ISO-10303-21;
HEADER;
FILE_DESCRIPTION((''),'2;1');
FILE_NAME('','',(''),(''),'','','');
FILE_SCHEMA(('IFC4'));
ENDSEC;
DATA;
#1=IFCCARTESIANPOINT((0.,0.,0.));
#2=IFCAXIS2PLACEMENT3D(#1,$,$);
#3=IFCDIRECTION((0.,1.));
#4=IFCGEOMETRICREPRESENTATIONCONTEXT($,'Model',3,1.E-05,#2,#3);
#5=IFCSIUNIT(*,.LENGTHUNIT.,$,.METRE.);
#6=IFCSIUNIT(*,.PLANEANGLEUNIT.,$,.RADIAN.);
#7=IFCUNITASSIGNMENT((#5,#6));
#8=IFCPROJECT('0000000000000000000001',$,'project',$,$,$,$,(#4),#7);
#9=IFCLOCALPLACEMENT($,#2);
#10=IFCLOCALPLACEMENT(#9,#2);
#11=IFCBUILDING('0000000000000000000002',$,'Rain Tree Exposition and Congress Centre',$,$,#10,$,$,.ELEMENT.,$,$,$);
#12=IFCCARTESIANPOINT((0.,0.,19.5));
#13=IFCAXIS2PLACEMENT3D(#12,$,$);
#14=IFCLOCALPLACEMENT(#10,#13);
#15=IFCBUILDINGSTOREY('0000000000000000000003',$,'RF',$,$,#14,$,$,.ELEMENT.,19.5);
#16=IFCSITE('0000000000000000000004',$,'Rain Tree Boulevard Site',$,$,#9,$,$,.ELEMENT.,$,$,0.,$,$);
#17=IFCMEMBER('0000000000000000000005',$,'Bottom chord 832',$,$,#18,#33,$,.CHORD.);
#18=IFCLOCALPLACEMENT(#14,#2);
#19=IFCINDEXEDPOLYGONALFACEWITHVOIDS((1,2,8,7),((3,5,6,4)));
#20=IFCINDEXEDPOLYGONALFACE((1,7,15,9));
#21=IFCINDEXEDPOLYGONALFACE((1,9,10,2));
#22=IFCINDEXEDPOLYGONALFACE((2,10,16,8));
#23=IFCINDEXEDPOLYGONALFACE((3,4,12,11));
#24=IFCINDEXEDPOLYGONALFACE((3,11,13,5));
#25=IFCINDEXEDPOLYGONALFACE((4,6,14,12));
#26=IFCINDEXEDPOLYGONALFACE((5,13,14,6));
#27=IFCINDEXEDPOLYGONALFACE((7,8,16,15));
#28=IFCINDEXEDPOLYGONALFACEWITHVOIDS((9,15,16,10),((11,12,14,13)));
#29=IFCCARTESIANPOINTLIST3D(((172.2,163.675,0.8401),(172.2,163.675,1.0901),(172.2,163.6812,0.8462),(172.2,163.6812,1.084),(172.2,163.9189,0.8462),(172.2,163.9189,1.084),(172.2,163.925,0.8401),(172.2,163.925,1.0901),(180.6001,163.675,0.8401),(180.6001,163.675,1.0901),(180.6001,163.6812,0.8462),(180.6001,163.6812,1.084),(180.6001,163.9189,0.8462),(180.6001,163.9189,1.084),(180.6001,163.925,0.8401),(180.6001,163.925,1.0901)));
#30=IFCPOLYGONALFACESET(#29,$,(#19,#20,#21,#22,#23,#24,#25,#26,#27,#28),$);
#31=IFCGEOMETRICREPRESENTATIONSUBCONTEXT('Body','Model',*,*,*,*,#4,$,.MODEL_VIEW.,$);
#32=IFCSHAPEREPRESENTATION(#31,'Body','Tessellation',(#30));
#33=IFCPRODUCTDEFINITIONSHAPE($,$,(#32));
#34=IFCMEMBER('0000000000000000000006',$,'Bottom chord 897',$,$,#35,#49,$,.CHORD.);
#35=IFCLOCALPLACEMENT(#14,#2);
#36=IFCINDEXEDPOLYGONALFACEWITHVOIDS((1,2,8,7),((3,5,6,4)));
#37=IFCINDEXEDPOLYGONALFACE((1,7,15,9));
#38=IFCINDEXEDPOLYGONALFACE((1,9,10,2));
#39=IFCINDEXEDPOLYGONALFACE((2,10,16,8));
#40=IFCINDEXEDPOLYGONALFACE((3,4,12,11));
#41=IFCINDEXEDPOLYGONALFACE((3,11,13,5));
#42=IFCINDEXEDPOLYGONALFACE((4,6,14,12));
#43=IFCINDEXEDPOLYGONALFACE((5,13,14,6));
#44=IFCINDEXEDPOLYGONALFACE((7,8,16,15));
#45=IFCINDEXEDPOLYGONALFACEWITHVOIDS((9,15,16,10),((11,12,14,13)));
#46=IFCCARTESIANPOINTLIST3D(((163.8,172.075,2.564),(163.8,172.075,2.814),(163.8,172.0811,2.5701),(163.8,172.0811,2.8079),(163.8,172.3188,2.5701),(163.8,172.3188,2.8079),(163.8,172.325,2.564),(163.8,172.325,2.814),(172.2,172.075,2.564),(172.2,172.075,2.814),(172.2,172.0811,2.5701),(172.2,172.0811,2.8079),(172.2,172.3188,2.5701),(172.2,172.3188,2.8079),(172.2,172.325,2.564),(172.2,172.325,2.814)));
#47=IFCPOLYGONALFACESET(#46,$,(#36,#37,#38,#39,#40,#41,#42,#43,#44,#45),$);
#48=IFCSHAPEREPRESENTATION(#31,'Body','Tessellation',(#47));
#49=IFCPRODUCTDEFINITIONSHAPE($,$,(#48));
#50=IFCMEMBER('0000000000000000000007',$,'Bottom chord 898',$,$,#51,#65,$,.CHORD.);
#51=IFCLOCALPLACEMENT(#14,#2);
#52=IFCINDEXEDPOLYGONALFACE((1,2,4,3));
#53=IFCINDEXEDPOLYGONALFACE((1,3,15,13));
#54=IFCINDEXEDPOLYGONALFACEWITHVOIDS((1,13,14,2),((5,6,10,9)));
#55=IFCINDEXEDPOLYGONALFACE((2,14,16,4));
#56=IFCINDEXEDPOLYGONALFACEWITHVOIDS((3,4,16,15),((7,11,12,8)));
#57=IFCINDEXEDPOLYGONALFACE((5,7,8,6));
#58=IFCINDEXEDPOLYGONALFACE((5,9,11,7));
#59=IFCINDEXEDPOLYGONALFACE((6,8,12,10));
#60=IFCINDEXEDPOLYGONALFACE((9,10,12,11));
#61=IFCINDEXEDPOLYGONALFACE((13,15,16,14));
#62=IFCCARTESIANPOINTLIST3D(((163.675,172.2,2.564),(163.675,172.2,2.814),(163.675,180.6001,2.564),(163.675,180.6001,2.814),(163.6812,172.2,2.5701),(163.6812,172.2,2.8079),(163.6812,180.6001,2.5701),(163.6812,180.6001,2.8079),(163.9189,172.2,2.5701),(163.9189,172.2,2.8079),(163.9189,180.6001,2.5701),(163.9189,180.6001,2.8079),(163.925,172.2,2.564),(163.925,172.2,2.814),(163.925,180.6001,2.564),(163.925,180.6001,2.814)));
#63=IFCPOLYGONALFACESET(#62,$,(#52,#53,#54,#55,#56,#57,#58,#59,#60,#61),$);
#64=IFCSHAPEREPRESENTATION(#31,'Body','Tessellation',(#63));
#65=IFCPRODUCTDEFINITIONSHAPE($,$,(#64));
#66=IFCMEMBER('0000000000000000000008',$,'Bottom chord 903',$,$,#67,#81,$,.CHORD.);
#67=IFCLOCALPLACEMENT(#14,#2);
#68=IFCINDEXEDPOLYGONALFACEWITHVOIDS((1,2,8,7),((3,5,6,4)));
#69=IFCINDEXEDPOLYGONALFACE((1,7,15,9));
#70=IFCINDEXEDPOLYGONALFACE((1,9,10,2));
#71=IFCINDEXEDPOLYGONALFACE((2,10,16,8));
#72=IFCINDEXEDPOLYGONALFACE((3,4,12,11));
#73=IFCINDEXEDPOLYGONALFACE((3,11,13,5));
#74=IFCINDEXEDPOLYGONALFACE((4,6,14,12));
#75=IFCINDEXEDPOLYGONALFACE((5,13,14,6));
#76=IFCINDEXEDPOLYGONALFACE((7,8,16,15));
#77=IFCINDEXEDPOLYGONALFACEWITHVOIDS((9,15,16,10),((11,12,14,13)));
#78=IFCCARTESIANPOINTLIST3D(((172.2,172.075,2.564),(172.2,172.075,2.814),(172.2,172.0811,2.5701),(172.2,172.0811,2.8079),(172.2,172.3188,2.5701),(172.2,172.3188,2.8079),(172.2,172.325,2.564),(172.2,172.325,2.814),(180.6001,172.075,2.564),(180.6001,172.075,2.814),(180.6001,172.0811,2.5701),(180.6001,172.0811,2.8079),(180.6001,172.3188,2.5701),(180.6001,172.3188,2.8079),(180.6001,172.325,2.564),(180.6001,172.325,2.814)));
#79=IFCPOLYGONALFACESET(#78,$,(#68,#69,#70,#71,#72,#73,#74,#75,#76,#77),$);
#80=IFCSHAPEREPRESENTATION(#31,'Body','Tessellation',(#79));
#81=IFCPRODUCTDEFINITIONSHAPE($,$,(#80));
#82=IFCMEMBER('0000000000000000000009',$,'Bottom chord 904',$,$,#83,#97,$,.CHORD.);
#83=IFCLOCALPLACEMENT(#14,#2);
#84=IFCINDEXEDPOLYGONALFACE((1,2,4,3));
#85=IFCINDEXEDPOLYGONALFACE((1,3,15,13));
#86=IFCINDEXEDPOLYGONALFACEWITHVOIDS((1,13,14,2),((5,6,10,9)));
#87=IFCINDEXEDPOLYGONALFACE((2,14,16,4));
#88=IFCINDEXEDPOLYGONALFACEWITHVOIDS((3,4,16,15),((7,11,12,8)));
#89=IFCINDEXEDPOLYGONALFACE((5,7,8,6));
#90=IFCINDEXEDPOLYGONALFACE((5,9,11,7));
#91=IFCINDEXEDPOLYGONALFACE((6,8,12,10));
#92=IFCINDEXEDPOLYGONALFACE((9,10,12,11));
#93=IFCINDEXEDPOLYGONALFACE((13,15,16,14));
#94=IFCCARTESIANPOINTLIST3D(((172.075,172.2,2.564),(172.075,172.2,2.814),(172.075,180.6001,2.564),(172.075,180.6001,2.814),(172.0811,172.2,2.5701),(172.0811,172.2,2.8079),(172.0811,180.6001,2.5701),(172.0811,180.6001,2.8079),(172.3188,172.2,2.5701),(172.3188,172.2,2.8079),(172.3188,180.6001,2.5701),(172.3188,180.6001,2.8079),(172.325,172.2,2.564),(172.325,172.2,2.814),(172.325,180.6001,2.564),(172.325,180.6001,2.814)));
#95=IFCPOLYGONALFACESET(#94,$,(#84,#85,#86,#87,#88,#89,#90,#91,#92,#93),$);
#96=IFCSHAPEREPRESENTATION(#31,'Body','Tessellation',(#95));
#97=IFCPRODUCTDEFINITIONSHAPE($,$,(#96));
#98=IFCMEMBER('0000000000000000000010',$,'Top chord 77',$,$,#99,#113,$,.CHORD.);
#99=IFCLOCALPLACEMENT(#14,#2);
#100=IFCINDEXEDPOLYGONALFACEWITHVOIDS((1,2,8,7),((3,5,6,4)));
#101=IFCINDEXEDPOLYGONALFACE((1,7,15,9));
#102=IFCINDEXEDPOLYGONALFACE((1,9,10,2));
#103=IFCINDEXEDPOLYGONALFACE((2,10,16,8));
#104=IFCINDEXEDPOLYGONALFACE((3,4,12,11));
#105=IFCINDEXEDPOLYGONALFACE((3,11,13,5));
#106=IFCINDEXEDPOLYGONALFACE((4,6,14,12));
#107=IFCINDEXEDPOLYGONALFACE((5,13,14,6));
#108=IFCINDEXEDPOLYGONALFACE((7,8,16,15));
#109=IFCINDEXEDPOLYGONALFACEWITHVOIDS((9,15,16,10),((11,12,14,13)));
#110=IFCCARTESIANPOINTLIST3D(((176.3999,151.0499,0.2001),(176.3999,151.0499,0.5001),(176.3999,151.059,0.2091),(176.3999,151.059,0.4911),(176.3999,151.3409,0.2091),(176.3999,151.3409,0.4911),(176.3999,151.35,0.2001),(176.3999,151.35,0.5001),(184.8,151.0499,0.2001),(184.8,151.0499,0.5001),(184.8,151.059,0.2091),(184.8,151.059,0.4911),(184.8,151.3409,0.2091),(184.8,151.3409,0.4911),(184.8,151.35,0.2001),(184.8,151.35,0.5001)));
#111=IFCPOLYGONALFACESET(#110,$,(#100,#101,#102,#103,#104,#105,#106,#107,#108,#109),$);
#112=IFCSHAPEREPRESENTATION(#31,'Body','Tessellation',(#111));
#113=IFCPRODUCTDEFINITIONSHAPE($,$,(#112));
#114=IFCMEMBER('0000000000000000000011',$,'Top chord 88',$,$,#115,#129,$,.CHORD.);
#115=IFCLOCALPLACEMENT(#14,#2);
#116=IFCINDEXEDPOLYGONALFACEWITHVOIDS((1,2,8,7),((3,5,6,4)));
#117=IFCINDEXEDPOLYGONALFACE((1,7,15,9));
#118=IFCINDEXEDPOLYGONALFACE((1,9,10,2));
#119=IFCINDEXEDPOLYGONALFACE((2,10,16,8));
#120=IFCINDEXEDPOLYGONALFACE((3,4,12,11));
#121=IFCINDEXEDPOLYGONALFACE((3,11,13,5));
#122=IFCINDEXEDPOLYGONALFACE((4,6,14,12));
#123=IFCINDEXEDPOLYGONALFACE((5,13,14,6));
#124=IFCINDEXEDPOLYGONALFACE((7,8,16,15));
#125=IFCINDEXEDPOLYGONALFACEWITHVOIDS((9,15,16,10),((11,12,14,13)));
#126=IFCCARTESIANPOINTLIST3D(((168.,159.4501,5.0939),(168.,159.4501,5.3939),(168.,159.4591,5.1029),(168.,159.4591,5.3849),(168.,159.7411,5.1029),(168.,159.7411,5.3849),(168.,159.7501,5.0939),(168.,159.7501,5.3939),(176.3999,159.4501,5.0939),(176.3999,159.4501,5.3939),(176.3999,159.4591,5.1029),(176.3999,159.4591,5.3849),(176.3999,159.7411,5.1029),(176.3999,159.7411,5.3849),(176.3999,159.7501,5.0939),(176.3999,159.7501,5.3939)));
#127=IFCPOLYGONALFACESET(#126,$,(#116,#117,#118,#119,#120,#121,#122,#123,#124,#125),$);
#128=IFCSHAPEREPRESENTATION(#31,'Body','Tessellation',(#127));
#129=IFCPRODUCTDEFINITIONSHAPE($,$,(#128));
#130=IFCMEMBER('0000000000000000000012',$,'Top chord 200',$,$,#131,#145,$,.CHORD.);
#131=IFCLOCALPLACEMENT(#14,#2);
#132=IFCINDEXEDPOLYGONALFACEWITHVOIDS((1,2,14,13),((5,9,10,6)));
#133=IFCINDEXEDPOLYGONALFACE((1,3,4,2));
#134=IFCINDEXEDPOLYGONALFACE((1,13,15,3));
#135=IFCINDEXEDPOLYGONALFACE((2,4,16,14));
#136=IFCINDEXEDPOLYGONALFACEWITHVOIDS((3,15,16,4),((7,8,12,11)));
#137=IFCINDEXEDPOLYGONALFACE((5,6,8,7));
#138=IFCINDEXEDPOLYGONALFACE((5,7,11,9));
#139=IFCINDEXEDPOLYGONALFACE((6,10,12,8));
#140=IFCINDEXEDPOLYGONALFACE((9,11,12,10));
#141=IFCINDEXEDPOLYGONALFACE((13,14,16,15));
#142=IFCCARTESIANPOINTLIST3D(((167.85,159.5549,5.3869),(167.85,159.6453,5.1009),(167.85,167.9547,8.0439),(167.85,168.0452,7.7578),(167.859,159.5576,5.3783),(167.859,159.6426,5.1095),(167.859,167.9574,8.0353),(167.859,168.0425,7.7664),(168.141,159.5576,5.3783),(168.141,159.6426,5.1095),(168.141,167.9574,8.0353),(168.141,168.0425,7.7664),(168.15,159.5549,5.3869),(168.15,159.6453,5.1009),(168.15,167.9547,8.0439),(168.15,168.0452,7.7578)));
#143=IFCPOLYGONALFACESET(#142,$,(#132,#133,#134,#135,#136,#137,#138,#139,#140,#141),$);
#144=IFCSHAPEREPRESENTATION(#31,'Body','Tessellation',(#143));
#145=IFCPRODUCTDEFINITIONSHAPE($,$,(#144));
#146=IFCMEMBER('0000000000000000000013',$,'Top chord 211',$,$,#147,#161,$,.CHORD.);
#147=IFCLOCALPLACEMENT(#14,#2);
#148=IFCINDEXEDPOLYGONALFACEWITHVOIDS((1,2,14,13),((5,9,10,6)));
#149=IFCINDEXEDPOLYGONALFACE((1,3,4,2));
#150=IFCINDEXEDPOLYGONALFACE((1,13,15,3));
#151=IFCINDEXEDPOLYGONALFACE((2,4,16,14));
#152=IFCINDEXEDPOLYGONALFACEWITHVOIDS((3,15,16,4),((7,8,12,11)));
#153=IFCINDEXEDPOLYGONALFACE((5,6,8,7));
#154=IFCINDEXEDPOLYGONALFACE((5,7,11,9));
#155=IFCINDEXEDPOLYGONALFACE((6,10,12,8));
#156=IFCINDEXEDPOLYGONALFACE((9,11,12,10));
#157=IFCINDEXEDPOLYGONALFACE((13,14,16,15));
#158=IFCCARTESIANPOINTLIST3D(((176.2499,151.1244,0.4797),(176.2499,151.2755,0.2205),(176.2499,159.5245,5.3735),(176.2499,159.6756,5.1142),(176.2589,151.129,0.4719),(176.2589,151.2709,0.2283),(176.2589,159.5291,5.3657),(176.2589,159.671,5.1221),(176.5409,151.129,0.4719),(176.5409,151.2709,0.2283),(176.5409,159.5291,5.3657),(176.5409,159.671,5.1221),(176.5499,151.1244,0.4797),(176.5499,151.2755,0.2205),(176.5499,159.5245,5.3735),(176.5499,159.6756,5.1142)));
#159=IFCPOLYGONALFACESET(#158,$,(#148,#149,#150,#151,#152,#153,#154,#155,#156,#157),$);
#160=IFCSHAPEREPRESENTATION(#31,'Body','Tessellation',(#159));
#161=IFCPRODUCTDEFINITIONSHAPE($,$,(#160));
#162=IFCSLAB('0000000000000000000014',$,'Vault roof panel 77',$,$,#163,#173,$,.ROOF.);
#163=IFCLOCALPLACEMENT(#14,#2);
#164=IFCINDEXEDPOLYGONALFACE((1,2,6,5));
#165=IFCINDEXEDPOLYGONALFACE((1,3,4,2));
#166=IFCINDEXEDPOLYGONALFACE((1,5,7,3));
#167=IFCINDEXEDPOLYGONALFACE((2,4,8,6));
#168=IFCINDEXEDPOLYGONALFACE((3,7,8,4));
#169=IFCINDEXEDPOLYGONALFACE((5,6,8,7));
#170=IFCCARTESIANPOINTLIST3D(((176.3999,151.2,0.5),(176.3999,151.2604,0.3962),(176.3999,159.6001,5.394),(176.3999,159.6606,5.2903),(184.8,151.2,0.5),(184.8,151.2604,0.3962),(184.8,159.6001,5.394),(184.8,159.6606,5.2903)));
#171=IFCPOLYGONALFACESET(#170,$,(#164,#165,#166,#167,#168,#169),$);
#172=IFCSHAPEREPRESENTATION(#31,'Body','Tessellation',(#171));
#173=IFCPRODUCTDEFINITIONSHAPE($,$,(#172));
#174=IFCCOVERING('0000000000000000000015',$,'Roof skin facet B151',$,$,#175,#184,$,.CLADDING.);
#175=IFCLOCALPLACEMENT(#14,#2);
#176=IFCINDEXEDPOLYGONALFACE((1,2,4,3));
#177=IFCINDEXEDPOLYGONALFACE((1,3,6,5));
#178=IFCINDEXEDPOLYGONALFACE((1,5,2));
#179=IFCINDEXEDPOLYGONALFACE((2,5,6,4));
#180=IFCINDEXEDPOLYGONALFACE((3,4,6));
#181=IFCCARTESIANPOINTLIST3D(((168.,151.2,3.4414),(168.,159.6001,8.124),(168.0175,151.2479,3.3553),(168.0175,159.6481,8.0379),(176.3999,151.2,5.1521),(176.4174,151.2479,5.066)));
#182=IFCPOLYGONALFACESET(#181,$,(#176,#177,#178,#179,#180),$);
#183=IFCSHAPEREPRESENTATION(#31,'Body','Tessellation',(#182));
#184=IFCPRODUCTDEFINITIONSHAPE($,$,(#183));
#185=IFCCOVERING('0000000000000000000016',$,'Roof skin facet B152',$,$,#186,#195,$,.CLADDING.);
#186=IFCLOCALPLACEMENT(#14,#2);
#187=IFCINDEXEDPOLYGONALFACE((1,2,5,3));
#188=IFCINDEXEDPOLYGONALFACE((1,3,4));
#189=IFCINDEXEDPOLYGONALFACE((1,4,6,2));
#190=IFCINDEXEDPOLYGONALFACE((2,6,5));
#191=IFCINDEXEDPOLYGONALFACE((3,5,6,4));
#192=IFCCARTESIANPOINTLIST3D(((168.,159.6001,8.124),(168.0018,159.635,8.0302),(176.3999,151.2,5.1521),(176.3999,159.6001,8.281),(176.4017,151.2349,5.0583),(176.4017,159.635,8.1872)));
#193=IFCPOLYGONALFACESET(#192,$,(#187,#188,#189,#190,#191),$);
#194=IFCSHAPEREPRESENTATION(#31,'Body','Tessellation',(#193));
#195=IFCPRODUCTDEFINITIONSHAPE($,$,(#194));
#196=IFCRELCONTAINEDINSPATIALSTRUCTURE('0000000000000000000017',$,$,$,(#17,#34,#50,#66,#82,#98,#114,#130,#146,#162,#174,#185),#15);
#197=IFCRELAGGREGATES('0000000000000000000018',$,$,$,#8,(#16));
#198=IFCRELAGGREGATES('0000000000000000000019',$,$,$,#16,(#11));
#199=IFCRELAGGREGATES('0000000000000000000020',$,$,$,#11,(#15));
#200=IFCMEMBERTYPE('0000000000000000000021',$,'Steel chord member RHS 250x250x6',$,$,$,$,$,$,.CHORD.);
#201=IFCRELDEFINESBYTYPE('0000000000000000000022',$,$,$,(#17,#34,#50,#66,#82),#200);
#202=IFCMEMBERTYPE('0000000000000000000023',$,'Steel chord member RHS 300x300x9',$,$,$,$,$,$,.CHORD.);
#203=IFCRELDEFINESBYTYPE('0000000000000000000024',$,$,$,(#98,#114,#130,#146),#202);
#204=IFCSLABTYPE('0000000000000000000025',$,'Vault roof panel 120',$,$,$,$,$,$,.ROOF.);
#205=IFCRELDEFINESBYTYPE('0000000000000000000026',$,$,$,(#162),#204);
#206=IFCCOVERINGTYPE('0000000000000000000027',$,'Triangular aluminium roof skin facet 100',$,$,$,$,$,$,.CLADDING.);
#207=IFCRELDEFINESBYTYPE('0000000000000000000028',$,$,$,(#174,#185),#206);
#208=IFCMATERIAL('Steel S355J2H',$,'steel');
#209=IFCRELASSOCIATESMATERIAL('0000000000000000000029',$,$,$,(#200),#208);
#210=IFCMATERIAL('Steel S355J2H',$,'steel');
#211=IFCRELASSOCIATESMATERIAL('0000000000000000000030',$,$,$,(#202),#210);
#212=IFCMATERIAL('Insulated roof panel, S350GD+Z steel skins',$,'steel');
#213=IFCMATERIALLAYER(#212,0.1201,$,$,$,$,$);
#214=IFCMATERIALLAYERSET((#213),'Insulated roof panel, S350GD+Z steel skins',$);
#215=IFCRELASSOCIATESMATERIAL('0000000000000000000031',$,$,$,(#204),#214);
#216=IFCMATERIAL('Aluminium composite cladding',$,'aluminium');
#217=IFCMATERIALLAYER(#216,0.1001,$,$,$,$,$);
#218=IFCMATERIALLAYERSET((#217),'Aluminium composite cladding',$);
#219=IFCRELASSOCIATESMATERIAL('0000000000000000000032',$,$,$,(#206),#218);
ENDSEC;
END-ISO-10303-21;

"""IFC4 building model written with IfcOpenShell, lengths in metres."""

from ifc_helpers import new_model, si_unit, direction, frame, origin, origin_2d, place, context, subcontext, project, spatial, polyline, hollow_rectangle, outline, extrude, material, layer, layer_set, material_profile, profile_set, type_object, element, save


model = new_model("IFC4")

# Units and contexts
model_context = context("Model", 3, precision=1e-05, world=origin(), true_north=direction((0.0, 1.0)))
body_context = subcontext(model_context, "Body", "Model", "MODEL_VIEW")
ifc_project = project(units=[si_unit("LENGTHUNIT", "METRE"), si_unit("PLANEANGLEUNIT", "RADIAN")], contexts=[model_context])

# Site, building, storey
site_placement = place(None, origin())
site = spatial("IfcSite", under=ifc_project, at=site_placement, Name="Rain Tree Boulevard Site", CompositionType="ELEMENT", RefElevation=0.0)
building_placement = place(site_placement, origin())
building = spatial("IfcBuilding", under=site, at=building_placement, Name="Rain Tree Exposition and Congress Centre", CompositionType="ELEMENT")
storey_placement = place(building_placement, frame((0.0, 0.0, 19.5)))
storey = spatial("IfcBuildingStorey", under=building, at=storey_placement, Name="RF", CompositionType="ELEMENT", Elevation=19.5)

# Members
ifc_material_1 = material(Name="Steel S355J2H", Category="steel")
ifc_material_profile_1 = material_profile(ifc_material_1, hollow_rectangle(XDim=0.25, YDim=0.25, WallThickness=0.0061, at=origin_2d()), Name="RHS 250x250x6")
ifc_profile_set_1 = profile_set([ifc_material_profile_1], Name="Steel S355J2H")
member_type_1 = type_object("IfcMemberType", Name="Steel chord member RHS 250x250x6", PredefinedType="CHORD", material=ifc_profile_set_1)
member_1_placement = place(storey_placement, frame((172.2, 163.8, 0.9651), z_axis=(1.0, 0.0, 0.0), x_axis=(0.0, 1.0, 0.0)))
element("IfcMember", 1, at=member_1_placement, inside=storey, type_object=member_type_1, Name="Bottom chord 832", PredefinedType="CHORD", context=body_context, shape_type="SweptSolid", body=[
    extrude(hollow_rectangle(XDim=0.25, YDim=0.25, WallThickness=0.0061, at=origin_2d()), origin(), (0.0, 0.0, 1.0), 8.4001),
])
member_2_placement = place(storey_placement, frame((163.8, 172.2, 2.689), z_axis=(1.0, 0.0, 0.0), x_axis=(0.0, 1.0, 0.0)))
element("IfcMember", 2, at=member_2_placement, inside=storey, type_object=member_type_1, Name="Bottom chord 897", PredefinedType="CHORD", context=body_context, shape_type="SweptSolid", body=[
    extrude(hollow_rectangle(XDim=0.25, YDim=0.25, WallThickness=0.0061, at=origin_2d()), origin(), (0.0, 0.0, 1.0), 8.3999),
])
for number, where, z_axis, x_axis, name in (
    (3, (163.8, 172.2, 2.689), (0.0, 1.0, 0.0), (-1.0, 0.0, 0.0), "Bottom chord 898"),
    (4, (172.2, 172.2, 2.689), (1.0, 0.0, 0.0), (0.0, 1.0, 0.0), "Bottom chord 903"),
    (5, (172.2, 172.2, 2.689), (0.0, 1.0, 0.0), (-1.0, 0.0, 0.0), "Bottom chord 904"),
):
    element("IfcMember", number, at=place(storey_placement, frame(where, z_axis=z_axis, x_axis=x_axis)), inside=storey, type_object=member_type_1, Name=name, PredefinedType="CHORD", context=body_context, shape_type="SweptSolid", body=[
        extrude(hollow_rectangle(XDim=0.25, YDim=0.25, WallThickness=0.0061, at=origin_2d()), origin(), (0.0, 0.0, 1.0), 8.4001),
    ])
ifc_material_2 = material(Name="Steel S355J2H", Category="steel")
ifc_material_profile_2 = material_profile(ifc_material_2, hollow_rectangle(XDim=0.3, YDim=0.3, WallThickness=0.009, at=origin_2d()), Name="RHS 300x300x9")
ifc_profile_set_2 = profile_set([ifc_material_profile_2], Name="Steel S355J2H")
member_type_2 = type_object("IfcMemberType", Name="Steel chord member RHS 300x300x9", PredefinedType="CHORD", material=ifc_profile_set_2)
member_3_placement = place(storey_placement, frame((176.3999, 151.2, 0.3501), z_axis=(1.0, 0.0, 0.0), x_axis=(0.0, 1.0, 0.0)))
element("IfcMember", 6, at=member_3_placement, inside=storey, type_object=member_type_2, Name="Top chord 77", PredefinedType="CHORD", context=body_context, shape_type="SweptSolid", body=[
    extrude(hollow_rectangle(XDim=0.3, YDim=0.3, WallThickness=0.009, at=origin_2d()), origin(), (0.0, 0.0, 1.0), 8.4001),
])
member_4_placement = place(storey_placement, frame((168.0, 159.6001, 5.2439), z_axis=(1.0, 0.0, 0.0), x_axis=(0.0, 1.0, 0.0)))
element("IfcMember", 7, at=member_4_placement, inside=storey, type_object=member_type_2, Name="Top chord 88", PredefinedType="CHORD", context=body_context, shape_type="SweptSolid", body=[
    extrude(hollow_rectangle(XDim=0.3, YDim=0.3, WallThickness=0.009, at=origin_2d()), origin(), (0.0, 0.0, 1.0), 8.3999),
])
member_5_placement = place(storey_placement, frame((168.0, 159.6001, 5.2439), z_axis=(0.0, 0.95344, 0.301584), x_axis=(-1.0, 0.0, 0.0)))
element("IfcMember", 8, at=member_5_placement, inside=storey, type_object=member_type_2, Name="Top chord 200", PredefinedType="CHORD", context=body_context, shape_type="SweptSolid", body=[
    extrude(hollow_rectangle(XDim=0.3, YDim=0.3, WallThickness=0.009, at=origin_2d()), origin(), (0.0, 0.0, 1.0), 8.8101),
])
member_6_placement = place(storey_placement, frame((176.3999, 151.2, 0.3501), z_axis=(0.0, 0.86406, 0.503388), x_axis=(-1.0, 0.0, 0.0)))
element("IfcMember", 9, at=member_6_placement, inside=storey, type_object=member_type_2, Name="Top chord 211", PredefinedType="CHORD", context=body_context, shape_type="SweptSolid", body=[
    extrude(hollow_rectangle(XDim=0.3, YDim=0.3, WallThickness=0.009, at=origin_2d()), origin(), (0.0, 0.0, 1.0), 9.7217),
])

# Slab
ifc_material_3 = material(Name="Insulated roof panel, S350GD+Z steel skins", Category="steel")
ifc_layer_1 = layer(ifc_material_3, 0.1201)
ifc_layer_set_1 = layer_set([ifc_layer_1], Name="Insulated roof panel, S350GD+Z steel skins")
slab_type = type_object("IfcSlabType", Name="Vault roof panel 120", PredefinedType="ROOF", material=ifc_layer_set_1)
slab_placement = place(storey_placement, frame((176.3999, 151.2, 0.5), z_axis=(0.0, -0.503407, 0.864049), x_axis=(1.0, 0.0, 0.0)))
element("IfcSlab", 10, at=slab_placement, inside=storey, type_object=slab_type, Name="Vault roof panel 77", PredefinedType="ROOF", context=body_context, shape_type="SweptSolid", body=[
    extrude(outline(polyline([(0.0, 0.0), (8.4001, 0.0), (8.4001, 9.7218), (0.0, 9.7218), (0.0, 0.0)])), origin(), (0.0, 0.0, -1.0), 0.1201),
])

# Coverings
ifc_material_4 = material(Name="Aluminium composite cladding", Category="aluminium")
ifc_layer_2 = layer(ifc_material_4, 0.1001)
ifc_layer_set_2 = layer_set([ifc_layer_2], Name="Aluminium composite cladding")
covering_type = type_object("IfcCoveringType", Name="Triangular aluminium roof skin facet 100", PredefinedType="CLADDING", material=ifc_layer_set_2)
covering_1_placement = place(storey_placement, frame((168.0, 151.2, 3.4414), z_axis=(-0.175135, -0.479378, 0.859956), x_axis=(0.979886, 0.0, 0.19956)))
element("IfcCovering", 11, at=covering_1_placement, inside=storey, type_object=covering_type, Name="Roof skin facet B151", PredefinedType="CLADDING", context=body_context, shape_type="SweptSolid", body=[
    extrude(outline(polyline([(0.0, 0.0), (8.5723, 0.0), (0.9345, 9.5716), (0.0, 0.0)])), origin(), (0.0, 0.0, -1.0), 0.1001),
])
covering_2_placement = place(storey_placement, frame((176.3999, 151.2, 5.1521), z_axis=(-0.01751, -0.349001, 0.936959), x_axis=(0.0, 0.937103, 0.349054)))
element("IfcCovering", 12, at=covering_2_placement, inside=storey, type_object=covering_type, Name="Roof skin facet B152", PredefinedType="CLADDING", context=body_context, shape_type="SweptSolid", body=[
    extrude(outline(polyline([(0.0, 0.0), (8.964, 0.0), (8.9092, 8.4012), (0.0, 0.0)])), origin(), (0.0, 0.0, -1.0), 0.1001),
])

save(model, "model.ifc")
